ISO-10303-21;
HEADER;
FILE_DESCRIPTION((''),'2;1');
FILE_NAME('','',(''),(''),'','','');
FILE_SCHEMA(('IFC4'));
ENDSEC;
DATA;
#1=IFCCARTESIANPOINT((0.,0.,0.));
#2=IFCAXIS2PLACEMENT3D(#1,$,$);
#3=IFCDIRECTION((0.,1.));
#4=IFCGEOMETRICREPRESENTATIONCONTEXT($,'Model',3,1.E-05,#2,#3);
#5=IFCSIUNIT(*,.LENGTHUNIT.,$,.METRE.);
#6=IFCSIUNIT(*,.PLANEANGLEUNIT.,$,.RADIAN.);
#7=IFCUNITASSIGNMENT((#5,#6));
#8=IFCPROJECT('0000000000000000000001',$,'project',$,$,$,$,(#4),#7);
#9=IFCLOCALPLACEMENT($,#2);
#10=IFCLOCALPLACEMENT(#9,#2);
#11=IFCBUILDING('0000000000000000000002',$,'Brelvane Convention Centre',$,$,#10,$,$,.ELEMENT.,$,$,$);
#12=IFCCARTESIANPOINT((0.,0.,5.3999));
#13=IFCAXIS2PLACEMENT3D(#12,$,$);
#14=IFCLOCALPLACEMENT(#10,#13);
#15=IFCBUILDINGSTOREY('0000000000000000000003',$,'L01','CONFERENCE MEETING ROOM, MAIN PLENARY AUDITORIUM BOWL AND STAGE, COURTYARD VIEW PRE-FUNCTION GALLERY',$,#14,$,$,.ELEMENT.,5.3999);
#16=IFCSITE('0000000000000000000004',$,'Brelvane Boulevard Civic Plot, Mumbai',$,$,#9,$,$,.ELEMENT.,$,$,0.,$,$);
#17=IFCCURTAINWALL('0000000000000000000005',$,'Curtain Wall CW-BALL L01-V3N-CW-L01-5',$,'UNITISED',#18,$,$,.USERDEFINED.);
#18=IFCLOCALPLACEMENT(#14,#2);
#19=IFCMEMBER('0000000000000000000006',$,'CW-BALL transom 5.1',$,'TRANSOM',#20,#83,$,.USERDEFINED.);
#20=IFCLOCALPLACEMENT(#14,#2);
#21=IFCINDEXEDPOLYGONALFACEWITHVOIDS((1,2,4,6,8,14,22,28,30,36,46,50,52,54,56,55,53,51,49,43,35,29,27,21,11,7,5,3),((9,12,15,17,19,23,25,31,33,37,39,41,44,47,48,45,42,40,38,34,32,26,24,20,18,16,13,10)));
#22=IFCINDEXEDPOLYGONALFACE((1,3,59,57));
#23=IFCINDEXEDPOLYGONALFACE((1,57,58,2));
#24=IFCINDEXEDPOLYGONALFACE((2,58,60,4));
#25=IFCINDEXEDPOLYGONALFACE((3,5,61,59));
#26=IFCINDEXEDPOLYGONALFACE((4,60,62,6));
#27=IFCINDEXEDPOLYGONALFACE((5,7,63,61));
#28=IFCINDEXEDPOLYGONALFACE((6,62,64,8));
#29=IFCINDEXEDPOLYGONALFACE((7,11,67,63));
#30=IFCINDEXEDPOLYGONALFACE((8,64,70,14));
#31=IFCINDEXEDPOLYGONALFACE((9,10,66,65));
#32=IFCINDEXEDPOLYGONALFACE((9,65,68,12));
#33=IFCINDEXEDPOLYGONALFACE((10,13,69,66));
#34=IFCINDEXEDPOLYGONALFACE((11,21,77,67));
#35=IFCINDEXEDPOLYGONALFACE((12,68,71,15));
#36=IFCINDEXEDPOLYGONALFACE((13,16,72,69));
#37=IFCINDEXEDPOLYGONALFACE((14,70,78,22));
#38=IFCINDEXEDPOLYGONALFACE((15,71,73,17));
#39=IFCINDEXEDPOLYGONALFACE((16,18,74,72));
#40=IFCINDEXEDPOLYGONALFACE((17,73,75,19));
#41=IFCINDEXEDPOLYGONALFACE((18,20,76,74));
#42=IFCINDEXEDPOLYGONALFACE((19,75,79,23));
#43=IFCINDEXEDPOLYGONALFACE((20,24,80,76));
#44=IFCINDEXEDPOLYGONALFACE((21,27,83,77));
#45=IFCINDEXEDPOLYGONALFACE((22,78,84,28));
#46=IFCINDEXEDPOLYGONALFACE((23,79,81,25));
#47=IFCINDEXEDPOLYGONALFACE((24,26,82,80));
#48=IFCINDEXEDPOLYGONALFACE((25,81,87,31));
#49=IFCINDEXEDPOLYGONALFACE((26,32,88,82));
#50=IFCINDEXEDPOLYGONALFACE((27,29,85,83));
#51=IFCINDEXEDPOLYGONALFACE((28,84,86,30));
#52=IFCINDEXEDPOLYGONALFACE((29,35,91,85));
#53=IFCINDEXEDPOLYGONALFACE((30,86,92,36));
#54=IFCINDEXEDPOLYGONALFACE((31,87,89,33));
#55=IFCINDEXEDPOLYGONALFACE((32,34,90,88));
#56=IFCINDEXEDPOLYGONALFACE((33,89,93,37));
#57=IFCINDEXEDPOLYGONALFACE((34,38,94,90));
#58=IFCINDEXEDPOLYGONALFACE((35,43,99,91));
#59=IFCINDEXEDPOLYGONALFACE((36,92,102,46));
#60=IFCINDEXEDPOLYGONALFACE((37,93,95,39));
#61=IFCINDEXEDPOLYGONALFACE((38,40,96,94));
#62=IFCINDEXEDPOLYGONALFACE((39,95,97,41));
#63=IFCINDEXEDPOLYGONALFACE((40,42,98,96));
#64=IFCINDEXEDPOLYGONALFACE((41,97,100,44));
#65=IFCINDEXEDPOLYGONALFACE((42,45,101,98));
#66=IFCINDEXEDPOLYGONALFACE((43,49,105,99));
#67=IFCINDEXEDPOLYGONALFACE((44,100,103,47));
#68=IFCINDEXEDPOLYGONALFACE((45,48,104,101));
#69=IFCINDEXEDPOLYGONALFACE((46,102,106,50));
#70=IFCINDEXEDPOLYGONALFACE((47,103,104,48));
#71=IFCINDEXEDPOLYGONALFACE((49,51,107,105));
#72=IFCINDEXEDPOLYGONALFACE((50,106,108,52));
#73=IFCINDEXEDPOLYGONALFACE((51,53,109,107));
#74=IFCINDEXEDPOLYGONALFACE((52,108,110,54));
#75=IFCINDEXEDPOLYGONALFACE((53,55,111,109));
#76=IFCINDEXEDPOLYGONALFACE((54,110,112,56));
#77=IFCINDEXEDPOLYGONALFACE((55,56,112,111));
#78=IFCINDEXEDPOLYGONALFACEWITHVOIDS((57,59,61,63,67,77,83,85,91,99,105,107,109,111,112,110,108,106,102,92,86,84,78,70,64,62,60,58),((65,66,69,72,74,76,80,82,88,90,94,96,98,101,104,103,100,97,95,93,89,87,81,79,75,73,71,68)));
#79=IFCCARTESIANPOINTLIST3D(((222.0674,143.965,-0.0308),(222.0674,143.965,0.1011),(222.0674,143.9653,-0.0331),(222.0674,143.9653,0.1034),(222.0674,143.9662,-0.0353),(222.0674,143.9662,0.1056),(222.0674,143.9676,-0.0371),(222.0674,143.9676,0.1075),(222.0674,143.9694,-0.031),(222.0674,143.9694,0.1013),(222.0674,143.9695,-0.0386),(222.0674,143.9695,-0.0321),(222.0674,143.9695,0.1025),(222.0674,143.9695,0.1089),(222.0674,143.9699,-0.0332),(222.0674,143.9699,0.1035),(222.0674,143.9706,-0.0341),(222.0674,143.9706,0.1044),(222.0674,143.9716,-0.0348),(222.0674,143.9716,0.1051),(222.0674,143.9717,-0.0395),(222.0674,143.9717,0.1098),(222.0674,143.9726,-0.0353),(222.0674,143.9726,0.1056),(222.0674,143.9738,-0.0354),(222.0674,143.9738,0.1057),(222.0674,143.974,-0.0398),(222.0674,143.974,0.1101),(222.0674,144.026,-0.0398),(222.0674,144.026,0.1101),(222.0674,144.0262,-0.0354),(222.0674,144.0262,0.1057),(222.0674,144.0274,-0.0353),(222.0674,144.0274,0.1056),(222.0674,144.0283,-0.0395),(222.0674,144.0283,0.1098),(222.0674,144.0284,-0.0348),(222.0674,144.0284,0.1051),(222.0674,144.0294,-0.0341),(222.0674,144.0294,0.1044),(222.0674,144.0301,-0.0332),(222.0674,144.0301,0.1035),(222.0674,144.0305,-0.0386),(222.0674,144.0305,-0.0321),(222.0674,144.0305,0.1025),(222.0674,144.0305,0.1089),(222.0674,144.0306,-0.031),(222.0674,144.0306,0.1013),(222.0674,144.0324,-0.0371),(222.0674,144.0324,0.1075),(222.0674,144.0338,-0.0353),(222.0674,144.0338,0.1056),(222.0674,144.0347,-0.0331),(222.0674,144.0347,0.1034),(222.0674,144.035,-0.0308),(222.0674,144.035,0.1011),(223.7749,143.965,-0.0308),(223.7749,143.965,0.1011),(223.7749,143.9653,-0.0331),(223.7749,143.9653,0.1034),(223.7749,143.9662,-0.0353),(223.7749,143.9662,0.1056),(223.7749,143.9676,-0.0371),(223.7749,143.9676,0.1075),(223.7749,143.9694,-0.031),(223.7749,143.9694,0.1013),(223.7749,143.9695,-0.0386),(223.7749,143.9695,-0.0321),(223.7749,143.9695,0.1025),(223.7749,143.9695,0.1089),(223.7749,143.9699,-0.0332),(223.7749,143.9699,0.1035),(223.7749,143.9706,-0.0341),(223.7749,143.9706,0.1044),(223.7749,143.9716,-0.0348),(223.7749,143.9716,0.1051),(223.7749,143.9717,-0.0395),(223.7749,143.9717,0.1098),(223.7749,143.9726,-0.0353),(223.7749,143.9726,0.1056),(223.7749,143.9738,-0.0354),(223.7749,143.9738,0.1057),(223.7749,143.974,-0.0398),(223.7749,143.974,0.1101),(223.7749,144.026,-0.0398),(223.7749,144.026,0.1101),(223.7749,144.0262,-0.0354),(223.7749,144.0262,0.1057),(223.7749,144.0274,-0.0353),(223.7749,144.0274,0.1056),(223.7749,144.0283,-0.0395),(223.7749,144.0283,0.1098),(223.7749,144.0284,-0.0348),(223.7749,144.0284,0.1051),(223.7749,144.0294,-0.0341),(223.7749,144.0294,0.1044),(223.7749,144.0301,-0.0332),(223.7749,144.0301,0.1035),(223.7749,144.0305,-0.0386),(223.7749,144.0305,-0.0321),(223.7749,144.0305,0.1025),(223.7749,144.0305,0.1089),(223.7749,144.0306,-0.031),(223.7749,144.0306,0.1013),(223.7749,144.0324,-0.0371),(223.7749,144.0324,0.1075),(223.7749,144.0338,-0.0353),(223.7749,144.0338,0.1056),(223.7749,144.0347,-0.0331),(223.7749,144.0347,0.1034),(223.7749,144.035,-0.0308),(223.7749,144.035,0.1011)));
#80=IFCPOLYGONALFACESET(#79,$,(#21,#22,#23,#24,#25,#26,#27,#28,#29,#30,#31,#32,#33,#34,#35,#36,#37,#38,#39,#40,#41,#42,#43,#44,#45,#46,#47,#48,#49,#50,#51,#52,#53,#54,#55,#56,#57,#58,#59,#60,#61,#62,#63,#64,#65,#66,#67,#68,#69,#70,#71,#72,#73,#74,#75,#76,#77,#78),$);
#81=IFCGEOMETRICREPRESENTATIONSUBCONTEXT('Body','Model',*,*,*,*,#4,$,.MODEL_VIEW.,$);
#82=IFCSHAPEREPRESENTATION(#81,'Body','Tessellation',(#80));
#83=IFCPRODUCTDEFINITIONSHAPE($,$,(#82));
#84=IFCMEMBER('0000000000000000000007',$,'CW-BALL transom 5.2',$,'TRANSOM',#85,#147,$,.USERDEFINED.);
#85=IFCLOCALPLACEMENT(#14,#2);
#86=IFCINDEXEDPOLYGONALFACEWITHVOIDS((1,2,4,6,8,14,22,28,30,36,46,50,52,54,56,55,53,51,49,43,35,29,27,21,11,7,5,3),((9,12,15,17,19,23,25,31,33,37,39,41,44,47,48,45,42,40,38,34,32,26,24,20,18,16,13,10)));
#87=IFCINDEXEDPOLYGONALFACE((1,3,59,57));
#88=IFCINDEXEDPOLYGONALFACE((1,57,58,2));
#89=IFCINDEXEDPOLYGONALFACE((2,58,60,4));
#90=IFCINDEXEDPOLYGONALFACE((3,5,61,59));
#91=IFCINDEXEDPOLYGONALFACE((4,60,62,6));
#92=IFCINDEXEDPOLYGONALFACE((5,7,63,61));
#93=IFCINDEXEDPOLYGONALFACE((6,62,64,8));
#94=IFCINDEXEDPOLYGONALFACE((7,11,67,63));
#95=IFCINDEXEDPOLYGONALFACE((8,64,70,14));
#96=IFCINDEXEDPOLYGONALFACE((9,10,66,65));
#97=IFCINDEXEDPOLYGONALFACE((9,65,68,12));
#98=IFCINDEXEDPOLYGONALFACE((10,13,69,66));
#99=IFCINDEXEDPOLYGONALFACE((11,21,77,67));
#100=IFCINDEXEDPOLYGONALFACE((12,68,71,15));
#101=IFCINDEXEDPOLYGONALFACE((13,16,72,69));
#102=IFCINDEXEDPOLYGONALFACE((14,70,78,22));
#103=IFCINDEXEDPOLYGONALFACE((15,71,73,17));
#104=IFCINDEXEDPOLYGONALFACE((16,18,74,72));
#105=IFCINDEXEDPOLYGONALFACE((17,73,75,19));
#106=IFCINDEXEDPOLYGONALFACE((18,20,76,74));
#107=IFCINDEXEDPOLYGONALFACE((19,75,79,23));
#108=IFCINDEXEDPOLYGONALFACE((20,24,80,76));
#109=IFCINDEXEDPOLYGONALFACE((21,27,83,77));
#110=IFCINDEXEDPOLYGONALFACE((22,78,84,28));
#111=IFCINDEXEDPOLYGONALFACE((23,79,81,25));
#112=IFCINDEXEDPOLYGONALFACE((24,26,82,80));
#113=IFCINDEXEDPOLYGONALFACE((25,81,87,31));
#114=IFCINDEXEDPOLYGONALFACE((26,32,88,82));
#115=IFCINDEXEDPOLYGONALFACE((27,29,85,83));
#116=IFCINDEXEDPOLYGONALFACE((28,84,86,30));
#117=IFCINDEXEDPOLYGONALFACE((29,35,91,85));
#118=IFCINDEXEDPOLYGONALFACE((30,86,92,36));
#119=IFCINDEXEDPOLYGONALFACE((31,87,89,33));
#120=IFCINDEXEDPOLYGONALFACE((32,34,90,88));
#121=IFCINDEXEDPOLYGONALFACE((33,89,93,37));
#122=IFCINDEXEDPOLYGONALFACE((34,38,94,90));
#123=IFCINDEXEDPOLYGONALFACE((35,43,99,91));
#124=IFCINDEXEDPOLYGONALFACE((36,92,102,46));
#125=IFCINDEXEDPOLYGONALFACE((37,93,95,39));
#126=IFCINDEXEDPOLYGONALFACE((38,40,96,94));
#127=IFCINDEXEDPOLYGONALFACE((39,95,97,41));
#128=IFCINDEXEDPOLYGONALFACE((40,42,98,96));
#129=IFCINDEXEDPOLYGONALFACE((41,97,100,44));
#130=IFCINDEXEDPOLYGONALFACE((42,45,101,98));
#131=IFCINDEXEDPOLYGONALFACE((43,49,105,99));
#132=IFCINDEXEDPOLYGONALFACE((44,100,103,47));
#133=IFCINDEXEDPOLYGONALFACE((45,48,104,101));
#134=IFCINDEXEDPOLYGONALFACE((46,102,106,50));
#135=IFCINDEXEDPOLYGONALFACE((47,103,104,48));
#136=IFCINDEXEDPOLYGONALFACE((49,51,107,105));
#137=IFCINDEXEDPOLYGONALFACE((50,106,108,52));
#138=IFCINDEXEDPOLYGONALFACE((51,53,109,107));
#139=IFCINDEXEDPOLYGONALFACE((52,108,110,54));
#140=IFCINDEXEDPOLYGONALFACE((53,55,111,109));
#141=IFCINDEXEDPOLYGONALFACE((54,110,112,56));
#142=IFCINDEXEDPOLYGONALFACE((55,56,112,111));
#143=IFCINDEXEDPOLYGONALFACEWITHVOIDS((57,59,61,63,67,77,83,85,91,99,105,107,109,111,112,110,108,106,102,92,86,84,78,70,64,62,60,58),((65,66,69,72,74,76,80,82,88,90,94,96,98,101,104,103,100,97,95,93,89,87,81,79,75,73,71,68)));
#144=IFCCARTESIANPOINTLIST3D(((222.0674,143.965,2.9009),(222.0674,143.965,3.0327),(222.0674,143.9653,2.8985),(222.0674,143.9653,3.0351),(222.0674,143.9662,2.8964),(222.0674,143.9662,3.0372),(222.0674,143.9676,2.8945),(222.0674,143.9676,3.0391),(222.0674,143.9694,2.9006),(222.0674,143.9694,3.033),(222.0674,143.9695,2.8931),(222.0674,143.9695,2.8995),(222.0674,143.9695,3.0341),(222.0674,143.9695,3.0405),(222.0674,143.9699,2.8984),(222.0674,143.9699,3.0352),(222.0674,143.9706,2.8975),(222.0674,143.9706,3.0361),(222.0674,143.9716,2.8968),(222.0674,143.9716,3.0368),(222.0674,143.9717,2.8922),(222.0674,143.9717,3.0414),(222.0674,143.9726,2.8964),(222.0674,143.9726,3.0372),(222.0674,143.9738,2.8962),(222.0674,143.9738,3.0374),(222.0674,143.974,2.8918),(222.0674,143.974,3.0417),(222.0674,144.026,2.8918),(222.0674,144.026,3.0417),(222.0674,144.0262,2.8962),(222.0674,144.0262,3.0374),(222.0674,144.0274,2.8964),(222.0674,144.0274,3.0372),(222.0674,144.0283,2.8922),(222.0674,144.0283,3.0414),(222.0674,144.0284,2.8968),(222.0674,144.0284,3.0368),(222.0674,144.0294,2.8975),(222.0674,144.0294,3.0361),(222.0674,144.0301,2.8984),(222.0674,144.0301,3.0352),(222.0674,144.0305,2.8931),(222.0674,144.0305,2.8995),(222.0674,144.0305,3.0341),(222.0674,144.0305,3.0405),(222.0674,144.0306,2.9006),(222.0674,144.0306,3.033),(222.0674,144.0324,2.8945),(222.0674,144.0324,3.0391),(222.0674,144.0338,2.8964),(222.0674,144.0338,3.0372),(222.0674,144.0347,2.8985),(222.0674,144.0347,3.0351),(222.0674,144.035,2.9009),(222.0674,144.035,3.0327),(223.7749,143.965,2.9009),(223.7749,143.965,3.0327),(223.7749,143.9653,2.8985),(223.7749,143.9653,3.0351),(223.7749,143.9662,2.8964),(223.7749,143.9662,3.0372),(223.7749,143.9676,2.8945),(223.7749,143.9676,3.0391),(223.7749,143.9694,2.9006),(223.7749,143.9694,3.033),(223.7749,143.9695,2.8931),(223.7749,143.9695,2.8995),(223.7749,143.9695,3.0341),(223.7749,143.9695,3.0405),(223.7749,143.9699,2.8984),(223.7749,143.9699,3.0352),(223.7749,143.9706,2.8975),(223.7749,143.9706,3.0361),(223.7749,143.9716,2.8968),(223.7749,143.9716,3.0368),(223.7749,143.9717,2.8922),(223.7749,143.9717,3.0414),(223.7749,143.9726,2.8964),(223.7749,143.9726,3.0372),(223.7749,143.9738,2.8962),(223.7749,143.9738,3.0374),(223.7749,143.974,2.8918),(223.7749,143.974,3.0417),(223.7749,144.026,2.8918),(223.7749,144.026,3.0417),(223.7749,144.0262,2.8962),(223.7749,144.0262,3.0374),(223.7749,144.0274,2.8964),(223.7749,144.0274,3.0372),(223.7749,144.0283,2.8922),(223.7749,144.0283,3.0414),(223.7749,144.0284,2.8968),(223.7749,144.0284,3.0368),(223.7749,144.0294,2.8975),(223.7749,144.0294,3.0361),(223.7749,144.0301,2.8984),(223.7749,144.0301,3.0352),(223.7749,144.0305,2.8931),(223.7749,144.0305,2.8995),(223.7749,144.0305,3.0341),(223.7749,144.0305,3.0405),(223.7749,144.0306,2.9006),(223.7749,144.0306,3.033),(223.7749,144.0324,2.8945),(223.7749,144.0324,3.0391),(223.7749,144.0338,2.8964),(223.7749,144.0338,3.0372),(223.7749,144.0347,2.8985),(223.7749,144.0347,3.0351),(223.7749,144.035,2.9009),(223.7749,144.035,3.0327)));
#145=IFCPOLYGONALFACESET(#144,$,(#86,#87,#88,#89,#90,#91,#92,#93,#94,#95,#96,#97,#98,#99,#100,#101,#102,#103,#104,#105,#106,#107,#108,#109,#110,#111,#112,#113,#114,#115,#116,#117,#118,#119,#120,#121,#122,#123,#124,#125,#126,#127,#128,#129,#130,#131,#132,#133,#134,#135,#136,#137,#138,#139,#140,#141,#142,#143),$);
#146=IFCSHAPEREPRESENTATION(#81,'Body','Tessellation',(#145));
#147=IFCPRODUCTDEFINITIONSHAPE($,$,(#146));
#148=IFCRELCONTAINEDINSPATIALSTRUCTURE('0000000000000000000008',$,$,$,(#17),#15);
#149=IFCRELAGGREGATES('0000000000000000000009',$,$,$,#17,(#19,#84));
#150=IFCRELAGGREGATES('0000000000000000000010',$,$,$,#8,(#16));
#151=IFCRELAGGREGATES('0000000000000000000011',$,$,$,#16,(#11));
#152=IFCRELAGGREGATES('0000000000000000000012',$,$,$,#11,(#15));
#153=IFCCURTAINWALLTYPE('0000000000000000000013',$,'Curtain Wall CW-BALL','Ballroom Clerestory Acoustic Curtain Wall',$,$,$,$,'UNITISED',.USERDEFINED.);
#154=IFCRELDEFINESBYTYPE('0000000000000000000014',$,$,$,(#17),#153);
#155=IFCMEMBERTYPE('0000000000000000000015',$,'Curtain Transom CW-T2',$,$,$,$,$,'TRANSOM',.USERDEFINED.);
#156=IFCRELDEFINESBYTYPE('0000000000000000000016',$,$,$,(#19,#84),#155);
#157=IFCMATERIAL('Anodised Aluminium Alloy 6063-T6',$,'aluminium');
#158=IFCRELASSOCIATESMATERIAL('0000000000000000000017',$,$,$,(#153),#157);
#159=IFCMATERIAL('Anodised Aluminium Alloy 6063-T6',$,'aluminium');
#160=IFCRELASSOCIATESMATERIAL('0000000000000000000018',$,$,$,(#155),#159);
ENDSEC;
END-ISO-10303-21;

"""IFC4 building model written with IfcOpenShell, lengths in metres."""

from ifc_helpers import new_model, si_unit, direction, frame, origin, origin_2d, place, context, subcontext, project, spatial, hollow_rectangle, extrude, material, material_profile, profile_set, type_object, element, aggregate, save


model = new_model("IFC4")

# Units and contexts
model_context = context("Model", 3, precision=1e-05, world=origin(), true_north=direction((0.0, 1.0)))
body_context = subcontext(model_context, "Body", "Model", "MODEL_VIEW")
ifc_project = project(units=[si_unit("LENGTHUNIT", "METRE"), si_unit("PLANEANGLEUNIT", "RADIAN")], contexts=[model_context])

# Site, building, storey
site_placement = place(None, origin())
site = spatial("IfcSite", under=ifc_project, at=site_placement, Name="Brelvane Boulevard Civic Plot, Mumbai", CompositionType="ELEMENT", RefElevation=0.0)
building_placement = place(site_placement, origin())
building = spatial("IfcBuilding", under=site, at=building_placement, Name="Brelvane Convention Centre", CompositionType="ELEMENT")
storey_placement = place(building_placement, frame((0.0, 0.0, 5.3999)))
storey = spatial("IfcBuildingStorey", under=building, at=storey_placement, Name="L01", Description="CONFERENCE MEETING ROOM, MAIN PLENARY AUDITORIUM BOWL AND STAGE, COURTYARD VIEW PRE-FUNCTION GALLERY", CompositionType="ELEMENT", Elevation=5.3999)

# Curtain wall, members
ifc_material_1 = material(Name="Anodised Aluminium Alloy 6063-T6", Category="aluminium")
curtain_wall_type = type_object("IfcCurtainWallType", Name="Curtain Wall CW-BALL", Description="Ballroom Clerestory Acoustic Curtain Wall", ElementType="UNITISED", PredefinedType="USERDEFINED", material=ifc_material_1)
curtain_wall_placement = place(storey_placement, origin())
curtain_wall = element("IfcCurtainWall", 1, at=curtain_wall_placement, inside=storey, type_object=curtain_wall_type, Name="Curtain Wall CW-BALL L01-V3N-CW-L01-5", ObjectType="UNITISED", PredefinedType="USERDEFINED")
ifc_material_2 = material(Name="Anodised Aluminium Alloy 6063-T6", Category="aluminium")
ifc_material_profile_1 = material_profile(ifc_material_2, hollow_rectangle(XDim=0.0701, YDim=0.1499, WallThickness=0.0044, InnerFilletRadius=0.0044, OuterFilletRadius=0.009, at=origin_2d()), Name="ALU-T 150x70x4.5")
ifc_profile_set_1 = profile_set([ifc_material_profile_1], Name="Anodised Aluminium Alloy 6063-T6")
member_type_1 = type_object("IfcMemberType", Name="Curtain Transom CW-T2", ElementType="TRANSOM", PredefinedType="USERDEFINED", material=ifc_profile_set_1)
member_1_placement = place(storey_placement, frame((222.0674, 144.0, 0.0352), z_axis=(1.0, 0.0, 0.0), x_axis=(0.0, 1.0, 0.0)))
member_1 = element("IfcMember", 2, at=member_1_placement, type_object=member_type_1, Name="CW-BALL transom 5.1", ObjectType="TRANSOM", PredefinedType="USERDEFINED", context=body_context, shape_type="SweptSolid", body=[
    extrude(hollow_rectangle(XDim=0.0701, YDim=0.1499, WallThickness=0.0044, InnerFilletRadius=0.0044, OuterFilletRadius=0.009, at=origin_2d()), origin(), (0.0, 0.0, 1.0), 1.7075),
])
member_2_placement = place(storey_placement, frame((222.0674, 144.0, 2.9668), z_axis=(1.0, 0.0, 0.0), x_axis=(0.0, 1.0, 0.0)))
member_2 = element("IfcMember", 3, at=member_2_placement, type_object=member_type_1, Name="CW-BALL transom 5.2", ObjectType="TRANSOM", PredefinedType="USERDEFINED", context=body_context, shape_type="SweptSolid", body=[
    extrude(hollow_rectangle(XDim=0.0701, YDim=0.1499, WallThickness=0.0044, InnerFilletRadius=0.0044, OuterFilletRadius=0.009, at=origin_2d()), origin(), (0.0, 0.0, 1.0), 1.7075),
])
aggregate(curtain_wall, [member_1, member_2])

save(model, "model.ifc")
